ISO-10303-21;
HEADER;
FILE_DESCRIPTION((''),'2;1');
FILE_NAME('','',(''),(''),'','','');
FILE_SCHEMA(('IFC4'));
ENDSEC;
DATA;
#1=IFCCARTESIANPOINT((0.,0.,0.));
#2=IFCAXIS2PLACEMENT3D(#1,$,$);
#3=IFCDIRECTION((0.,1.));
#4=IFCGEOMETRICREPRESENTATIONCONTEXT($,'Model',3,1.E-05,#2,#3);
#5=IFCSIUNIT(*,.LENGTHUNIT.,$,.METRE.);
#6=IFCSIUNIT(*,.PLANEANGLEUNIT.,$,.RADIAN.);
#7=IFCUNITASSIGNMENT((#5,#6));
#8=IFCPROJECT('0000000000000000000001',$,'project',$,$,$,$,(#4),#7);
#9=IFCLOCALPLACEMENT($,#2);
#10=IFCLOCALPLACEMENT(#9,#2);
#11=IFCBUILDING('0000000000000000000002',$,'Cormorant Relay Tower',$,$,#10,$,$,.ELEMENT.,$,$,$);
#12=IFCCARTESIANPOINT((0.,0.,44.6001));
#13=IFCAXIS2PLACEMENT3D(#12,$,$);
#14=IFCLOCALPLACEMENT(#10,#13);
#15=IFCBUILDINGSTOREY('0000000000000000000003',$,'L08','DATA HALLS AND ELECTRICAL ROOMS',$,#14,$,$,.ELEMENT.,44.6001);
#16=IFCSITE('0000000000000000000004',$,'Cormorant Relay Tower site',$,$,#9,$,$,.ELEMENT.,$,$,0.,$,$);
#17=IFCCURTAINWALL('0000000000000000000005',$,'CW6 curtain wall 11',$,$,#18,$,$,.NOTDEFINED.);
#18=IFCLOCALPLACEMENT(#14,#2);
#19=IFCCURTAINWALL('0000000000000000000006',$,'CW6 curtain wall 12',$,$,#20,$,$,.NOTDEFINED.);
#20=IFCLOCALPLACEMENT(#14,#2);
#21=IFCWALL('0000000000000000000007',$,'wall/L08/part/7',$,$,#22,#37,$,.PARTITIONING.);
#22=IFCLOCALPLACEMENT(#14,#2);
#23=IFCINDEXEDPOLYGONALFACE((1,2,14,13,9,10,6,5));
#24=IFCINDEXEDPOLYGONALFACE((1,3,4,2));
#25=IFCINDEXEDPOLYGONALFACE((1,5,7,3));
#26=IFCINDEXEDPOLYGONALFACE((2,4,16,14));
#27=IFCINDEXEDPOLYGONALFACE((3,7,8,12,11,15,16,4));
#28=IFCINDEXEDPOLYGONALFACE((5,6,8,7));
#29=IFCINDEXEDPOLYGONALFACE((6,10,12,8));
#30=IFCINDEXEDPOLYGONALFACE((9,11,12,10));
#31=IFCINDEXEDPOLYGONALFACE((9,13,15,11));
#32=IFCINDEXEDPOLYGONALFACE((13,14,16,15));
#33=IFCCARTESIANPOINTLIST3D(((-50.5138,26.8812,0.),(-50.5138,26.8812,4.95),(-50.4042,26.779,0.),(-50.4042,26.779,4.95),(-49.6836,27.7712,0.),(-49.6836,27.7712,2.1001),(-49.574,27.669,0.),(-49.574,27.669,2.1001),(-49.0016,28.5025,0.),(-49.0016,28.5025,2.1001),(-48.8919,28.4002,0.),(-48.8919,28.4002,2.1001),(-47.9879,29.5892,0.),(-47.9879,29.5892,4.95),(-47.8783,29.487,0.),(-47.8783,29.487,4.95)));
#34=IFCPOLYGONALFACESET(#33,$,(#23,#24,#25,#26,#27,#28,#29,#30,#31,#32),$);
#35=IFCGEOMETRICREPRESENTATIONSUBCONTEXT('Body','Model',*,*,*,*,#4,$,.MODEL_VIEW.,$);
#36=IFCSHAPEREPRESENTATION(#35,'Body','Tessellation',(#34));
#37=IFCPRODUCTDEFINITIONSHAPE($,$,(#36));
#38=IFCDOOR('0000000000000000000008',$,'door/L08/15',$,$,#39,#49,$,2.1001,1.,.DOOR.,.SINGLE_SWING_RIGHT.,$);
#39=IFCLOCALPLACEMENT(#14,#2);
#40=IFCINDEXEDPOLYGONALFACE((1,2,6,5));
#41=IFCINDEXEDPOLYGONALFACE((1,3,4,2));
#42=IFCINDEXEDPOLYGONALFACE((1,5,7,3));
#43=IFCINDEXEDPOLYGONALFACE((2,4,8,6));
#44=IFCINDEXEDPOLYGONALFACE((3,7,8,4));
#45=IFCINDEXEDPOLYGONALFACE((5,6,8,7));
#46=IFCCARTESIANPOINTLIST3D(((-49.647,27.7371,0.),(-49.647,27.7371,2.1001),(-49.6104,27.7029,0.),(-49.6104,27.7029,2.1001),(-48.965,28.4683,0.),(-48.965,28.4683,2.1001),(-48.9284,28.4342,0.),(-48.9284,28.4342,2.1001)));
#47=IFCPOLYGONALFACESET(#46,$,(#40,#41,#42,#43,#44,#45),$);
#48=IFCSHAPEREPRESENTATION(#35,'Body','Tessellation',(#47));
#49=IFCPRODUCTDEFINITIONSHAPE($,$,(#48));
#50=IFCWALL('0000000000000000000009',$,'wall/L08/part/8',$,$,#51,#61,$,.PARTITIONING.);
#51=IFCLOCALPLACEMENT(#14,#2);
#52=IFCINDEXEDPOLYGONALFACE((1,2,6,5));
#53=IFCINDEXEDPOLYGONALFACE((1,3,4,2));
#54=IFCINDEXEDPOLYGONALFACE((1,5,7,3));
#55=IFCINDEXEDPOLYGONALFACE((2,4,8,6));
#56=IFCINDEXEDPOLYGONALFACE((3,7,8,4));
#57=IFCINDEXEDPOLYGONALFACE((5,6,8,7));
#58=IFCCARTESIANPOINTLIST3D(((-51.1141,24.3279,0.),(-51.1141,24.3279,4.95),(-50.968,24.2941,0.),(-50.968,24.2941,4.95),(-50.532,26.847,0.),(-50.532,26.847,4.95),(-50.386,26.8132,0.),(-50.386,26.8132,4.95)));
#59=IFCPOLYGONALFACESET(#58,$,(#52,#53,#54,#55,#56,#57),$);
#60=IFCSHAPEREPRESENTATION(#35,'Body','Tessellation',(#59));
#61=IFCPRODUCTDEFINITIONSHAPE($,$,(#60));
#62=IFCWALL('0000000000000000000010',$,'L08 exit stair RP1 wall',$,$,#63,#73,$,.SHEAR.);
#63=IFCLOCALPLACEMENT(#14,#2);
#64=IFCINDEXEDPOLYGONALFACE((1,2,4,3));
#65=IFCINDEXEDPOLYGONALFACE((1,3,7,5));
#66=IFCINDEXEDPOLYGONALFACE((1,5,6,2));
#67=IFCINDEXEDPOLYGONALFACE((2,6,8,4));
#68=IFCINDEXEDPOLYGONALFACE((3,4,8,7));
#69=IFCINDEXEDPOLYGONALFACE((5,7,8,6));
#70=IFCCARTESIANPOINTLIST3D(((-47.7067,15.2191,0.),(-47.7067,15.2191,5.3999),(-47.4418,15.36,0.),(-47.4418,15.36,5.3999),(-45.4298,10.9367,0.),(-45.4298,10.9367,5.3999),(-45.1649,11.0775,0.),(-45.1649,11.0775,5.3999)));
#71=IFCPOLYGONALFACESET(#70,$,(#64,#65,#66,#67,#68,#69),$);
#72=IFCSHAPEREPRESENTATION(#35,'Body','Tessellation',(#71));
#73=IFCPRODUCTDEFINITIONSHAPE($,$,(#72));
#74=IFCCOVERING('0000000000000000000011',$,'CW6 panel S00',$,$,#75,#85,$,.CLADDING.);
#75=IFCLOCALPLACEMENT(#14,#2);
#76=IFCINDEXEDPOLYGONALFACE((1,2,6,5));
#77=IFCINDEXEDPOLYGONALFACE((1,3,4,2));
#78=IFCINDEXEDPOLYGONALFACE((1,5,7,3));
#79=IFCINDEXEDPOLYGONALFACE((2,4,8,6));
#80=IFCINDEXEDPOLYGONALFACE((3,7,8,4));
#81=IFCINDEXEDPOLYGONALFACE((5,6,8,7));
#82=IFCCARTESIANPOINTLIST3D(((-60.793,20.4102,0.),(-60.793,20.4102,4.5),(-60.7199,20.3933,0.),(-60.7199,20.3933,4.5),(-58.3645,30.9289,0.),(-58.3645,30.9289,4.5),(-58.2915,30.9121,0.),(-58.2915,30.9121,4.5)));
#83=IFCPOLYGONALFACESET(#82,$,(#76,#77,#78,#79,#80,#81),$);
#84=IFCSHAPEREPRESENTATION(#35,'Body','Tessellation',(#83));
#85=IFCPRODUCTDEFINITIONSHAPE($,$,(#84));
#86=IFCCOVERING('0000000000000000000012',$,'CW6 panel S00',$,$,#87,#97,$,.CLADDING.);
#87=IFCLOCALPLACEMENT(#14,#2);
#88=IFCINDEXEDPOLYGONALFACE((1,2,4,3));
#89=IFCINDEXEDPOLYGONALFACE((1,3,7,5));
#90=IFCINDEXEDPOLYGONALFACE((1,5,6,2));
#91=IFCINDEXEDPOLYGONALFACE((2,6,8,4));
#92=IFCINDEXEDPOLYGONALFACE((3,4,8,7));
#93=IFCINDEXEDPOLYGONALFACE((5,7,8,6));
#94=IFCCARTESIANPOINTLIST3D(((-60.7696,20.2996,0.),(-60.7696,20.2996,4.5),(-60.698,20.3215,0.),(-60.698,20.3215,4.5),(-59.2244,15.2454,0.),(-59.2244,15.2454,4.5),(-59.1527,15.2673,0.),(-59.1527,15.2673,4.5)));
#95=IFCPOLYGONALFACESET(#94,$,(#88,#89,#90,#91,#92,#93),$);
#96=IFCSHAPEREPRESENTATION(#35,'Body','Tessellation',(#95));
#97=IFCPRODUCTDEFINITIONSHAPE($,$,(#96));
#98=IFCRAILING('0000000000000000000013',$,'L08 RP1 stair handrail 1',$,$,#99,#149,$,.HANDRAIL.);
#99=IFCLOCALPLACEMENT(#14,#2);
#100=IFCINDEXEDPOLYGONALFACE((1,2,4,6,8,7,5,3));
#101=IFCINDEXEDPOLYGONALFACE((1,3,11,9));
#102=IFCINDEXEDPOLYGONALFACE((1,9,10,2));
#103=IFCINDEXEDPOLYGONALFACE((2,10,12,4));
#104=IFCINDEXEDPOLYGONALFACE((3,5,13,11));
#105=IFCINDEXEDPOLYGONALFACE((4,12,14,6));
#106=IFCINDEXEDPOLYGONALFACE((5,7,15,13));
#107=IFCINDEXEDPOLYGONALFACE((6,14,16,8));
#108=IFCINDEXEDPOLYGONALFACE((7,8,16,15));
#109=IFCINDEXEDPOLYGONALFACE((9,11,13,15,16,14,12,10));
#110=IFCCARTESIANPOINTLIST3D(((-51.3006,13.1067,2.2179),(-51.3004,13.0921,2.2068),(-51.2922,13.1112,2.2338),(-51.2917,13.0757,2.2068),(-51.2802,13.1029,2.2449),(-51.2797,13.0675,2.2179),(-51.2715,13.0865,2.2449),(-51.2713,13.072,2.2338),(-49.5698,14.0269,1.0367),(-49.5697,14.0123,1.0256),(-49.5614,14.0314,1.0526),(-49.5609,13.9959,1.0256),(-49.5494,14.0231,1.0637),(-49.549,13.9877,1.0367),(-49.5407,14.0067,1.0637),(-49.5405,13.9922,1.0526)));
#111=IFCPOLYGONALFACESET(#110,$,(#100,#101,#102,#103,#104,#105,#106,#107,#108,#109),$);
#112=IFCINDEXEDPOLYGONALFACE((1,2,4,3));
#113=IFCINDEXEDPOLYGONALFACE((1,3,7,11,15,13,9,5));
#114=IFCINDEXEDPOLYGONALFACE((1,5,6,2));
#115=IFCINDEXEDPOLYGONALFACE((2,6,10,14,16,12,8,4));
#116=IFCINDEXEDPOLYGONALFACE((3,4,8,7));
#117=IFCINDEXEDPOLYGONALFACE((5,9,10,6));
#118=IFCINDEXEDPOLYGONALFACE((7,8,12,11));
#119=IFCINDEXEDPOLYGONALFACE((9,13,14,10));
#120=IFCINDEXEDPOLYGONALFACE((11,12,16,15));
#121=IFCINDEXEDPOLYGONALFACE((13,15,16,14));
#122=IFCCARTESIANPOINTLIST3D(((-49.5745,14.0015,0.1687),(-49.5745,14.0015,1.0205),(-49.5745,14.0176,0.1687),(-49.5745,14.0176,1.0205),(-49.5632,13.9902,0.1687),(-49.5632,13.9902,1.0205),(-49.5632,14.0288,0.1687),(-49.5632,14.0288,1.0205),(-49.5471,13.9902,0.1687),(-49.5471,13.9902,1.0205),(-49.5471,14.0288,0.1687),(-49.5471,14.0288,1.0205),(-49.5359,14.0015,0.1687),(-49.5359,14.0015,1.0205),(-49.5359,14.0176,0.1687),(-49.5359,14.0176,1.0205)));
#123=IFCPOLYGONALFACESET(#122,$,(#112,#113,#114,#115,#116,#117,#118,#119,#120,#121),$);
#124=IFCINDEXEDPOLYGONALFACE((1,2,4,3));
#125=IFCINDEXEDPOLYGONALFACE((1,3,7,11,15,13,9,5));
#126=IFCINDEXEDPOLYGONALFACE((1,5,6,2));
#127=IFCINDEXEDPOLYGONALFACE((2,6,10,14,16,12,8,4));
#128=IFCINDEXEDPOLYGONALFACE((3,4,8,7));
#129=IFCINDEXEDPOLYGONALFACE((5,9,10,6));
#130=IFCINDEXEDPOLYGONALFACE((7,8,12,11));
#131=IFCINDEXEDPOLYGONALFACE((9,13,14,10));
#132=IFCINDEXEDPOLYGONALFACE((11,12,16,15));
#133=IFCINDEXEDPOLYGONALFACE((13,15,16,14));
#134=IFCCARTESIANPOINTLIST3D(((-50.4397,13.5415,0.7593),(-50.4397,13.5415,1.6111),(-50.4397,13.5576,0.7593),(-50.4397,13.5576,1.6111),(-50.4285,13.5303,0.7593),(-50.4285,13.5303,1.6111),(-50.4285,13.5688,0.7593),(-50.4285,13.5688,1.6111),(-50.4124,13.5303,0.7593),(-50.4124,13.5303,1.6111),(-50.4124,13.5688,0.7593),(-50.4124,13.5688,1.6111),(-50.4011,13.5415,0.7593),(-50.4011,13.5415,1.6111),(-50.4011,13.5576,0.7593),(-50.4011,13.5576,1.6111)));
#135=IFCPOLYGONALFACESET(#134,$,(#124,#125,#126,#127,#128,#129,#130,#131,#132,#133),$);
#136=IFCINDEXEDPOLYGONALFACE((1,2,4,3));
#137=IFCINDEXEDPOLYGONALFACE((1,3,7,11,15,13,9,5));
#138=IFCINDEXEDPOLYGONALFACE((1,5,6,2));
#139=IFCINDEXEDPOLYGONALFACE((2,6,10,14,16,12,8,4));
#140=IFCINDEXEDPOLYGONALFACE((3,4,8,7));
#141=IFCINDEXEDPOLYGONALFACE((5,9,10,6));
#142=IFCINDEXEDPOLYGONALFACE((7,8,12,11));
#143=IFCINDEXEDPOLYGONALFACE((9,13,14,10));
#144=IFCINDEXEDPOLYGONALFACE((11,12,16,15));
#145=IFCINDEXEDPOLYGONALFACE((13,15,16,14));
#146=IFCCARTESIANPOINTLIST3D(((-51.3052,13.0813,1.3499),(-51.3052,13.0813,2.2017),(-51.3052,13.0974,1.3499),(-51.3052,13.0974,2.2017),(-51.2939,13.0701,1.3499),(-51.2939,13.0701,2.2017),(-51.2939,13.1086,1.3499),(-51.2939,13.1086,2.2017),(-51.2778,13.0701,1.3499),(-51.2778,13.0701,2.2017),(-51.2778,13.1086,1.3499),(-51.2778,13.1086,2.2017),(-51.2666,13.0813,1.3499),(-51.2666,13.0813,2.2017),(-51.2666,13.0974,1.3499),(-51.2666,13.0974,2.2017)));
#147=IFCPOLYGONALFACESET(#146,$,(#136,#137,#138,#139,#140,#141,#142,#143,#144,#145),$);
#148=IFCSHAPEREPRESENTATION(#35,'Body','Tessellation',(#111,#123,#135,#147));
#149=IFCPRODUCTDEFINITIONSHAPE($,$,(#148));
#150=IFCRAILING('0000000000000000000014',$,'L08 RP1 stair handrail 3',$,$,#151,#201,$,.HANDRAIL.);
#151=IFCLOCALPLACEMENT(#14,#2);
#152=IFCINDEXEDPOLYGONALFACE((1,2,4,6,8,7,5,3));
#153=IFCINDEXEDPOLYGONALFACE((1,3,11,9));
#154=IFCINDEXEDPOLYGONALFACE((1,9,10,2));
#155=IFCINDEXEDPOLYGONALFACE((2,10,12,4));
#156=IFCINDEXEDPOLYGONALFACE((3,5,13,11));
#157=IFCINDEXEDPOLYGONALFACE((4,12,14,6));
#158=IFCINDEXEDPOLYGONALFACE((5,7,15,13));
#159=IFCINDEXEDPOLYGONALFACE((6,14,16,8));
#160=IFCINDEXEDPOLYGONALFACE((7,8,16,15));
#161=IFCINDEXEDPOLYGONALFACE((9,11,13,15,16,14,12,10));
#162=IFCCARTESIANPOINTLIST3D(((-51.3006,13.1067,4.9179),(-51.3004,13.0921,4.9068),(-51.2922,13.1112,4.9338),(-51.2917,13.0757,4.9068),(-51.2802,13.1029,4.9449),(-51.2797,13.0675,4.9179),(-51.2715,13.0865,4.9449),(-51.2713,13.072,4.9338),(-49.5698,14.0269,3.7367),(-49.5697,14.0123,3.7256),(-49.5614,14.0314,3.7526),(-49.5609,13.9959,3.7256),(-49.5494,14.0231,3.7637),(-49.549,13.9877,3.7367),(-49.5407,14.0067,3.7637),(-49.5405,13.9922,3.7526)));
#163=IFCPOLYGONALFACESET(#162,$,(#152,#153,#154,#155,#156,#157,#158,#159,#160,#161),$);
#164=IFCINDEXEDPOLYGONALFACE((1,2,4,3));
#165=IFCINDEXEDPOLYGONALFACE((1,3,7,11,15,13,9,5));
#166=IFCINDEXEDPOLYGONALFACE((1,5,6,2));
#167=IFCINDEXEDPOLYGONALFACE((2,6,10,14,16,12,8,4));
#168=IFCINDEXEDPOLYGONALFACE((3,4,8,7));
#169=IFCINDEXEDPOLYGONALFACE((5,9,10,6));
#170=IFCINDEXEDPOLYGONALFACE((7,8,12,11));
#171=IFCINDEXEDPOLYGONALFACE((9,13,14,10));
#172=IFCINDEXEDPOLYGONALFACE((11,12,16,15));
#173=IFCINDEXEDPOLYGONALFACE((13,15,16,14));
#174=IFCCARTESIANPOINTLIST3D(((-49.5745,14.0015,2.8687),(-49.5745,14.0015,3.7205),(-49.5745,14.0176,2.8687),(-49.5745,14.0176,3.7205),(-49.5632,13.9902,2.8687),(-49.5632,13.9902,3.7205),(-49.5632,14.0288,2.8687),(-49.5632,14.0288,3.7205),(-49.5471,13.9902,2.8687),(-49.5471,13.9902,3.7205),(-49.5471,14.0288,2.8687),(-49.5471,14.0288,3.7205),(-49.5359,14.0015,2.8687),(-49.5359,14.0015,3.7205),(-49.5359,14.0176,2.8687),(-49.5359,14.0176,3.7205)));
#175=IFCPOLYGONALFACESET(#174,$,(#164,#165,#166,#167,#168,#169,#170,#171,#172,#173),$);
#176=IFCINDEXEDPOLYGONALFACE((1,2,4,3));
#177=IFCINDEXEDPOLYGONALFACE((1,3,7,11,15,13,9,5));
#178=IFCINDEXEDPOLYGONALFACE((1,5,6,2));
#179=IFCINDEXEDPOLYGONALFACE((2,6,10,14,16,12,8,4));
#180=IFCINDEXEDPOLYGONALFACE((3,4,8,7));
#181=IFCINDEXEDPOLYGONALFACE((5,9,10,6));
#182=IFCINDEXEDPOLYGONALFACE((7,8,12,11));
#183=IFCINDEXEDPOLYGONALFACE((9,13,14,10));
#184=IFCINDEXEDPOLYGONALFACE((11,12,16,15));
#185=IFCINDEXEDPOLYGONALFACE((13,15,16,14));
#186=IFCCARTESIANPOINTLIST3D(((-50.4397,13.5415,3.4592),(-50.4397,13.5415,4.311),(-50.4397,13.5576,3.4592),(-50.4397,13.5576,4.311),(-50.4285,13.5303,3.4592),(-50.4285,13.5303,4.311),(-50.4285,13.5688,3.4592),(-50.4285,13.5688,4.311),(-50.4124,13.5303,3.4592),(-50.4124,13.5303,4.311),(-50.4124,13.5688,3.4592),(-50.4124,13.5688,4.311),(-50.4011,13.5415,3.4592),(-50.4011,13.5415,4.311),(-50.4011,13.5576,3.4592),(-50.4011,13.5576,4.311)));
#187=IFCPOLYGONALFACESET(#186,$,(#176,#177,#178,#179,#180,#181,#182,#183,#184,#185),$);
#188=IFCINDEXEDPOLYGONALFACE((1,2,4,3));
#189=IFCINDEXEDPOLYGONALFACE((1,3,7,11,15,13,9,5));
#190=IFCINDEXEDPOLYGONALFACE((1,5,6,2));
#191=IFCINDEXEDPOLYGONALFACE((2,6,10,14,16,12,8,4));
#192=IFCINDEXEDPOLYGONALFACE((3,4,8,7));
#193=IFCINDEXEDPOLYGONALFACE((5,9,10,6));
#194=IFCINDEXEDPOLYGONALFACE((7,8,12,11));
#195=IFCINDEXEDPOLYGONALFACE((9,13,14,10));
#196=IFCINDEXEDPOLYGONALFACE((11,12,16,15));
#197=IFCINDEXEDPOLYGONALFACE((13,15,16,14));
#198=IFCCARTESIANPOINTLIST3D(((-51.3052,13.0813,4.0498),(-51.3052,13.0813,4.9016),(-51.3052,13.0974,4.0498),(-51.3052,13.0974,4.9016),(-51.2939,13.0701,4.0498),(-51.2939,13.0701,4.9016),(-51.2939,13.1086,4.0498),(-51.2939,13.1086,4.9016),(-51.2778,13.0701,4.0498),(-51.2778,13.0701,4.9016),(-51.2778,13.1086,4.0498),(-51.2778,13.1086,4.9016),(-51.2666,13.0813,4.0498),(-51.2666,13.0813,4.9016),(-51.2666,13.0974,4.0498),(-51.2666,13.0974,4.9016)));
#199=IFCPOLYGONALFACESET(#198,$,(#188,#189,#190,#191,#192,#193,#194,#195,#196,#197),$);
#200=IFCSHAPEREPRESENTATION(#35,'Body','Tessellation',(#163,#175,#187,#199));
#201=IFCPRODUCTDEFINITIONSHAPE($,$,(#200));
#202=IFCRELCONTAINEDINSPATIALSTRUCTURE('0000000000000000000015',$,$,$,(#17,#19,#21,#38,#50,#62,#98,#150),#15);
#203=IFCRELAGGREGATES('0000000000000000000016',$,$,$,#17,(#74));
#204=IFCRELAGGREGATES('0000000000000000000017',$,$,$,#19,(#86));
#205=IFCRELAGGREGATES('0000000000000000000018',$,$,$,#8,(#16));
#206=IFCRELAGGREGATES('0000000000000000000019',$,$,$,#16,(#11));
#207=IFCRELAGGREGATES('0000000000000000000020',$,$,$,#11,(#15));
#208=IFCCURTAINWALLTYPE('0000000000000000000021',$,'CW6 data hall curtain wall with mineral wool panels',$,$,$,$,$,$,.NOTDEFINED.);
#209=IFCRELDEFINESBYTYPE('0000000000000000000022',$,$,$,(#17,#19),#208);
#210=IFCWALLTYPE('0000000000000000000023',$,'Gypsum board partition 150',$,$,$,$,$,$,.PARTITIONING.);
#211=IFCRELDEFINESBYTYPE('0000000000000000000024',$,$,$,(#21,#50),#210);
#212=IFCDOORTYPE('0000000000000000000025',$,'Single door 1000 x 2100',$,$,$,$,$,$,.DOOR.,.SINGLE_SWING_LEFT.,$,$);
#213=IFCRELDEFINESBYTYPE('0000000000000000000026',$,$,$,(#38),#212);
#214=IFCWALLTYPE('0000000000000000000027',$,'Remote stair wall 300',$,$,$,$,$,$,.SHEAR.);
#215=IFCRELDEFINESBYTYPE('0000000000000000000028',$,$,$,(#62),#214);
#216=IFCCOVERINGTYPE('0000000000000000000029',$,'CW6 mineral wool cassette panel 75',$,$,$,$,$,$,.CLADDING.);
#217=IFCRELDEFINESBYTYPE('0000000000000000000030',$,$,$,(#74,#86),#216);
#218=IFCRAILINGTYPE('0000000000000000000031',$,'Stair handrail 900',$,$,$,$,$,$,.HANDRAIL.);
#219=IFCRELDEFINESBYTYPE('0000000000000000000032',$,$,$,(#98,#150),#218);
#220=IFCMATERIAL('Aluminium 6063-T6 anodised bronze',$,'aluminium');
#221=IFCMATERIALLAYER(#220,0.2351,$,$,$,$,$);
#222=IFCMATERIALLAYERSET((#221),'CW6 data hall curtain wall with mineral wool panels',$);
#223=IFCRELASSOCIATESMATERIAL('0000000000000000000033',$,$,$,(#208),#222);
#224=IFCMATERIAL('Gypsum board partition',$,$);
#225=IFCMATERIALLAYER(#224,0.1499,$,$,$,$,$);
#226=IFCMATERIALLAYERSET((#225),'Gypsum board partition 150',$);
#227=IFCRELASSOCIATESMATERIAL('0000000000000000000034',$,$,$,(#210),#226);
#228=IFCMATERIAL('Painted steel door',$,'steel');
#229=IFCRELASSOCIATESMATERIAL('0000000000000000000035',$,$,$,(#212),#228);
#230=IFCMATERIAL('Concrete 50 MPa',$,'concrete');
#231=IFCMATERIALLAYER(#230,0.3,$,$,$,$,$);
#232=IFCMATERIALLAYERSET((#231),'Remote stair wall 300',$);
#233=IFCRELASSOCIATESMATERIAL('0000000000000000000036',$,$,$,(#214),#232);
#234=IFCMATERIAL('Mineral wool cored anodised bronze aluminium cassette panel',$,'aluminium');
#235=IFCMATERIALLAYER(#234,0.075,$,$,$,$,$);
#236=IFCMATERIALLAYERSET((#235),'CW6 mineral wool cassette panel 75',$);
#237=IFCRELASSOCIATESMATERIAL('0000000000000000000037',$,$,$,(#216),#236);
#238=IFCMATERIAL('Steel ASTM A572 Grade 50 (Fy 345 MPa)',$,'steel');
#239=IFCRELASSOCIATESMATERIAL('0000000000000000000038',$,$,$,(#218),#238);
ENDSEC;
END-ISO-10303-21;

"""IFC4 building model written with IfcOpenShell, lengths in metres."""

from ifc_helpers import new_model, si_unit, direction, frame, frame_2d, origin, origin_2d, place, context, subcontext, project, spatial, polyline, rectangle, outline, extrude, material, layer, layer_set, type_object, element, fill, aggregate, save


model = new_model("IFC4")

# Units and contexts
model_context = context("Model", 3, precision=1e-05, world=origin(), true_north=direction((0.0, 1.0)))
body_context = subcontext(model_context, "Body", "Model", "MODEL_VIEW")
ifc_project = project(units=[si_unit("LENGTHUNIT", "METRE"), si_unit("PLANEANGLEUNIT", "RADIAN")], contexts=[model_context])

# Site, building, storey
site_placement = place(None, origin())
site = spatial("IfcSite", under=ifc_project, at=site_placement, Name="Cormorant Relay Tower site", CompositionType="ELEMENT", RefElevation=0.0)
building_placement = place(site_placement, origin())
building = spatial("IfcBuilding", under=site, at=building_placement, Name="Cormorant Relay Tower", CompositionType="ELEMENT")
storey_placement = place(building_placement, frame((0.0, 0.0, 44.6001)))
storey = spatial("IfcBuildingStorey", under=building, at=storey_placement, Name="L08", Description="DATA HALLS AND ELECTRICAL ROOMS", CompositionType="ELEMENT", Elevation=44.6001)

# Curtain wall
ifc_material_1 = material(Name="Aluminium 6063-T6 anodised bronze", Category="aluminium")
ifc_layer_1 = layer(ifc_material_1, 0.2351)
ifc_layer_set_1 = layer_set([ifc_layer_1], Name="CW6 data hall curtain wall with mineral wool panels")
curtain_wall_type = type_object("IfcCurtainWallType", Name="CW6 data hall curtain wall with mineral wool panels", PredefinedType="NOTDEFINED", material=ifc_layer_set_1)
curtain_wall_1_placement = place(storey_placement, origin())
curtain_wall_1 = element("IfcCurtainWall", 1, at=curtain_wall_1_placement, inside=storey, type_object=curtain_wall_type, Name="CW6 curtain wall 11", PredefinedType="NOTDEFINED")

# Curtain wall
curtain_wall_2_placement = place(storey_placement, origin())
curtain_wall_2 = element("IfcCurtainWall", 2, at=curtain_wall_2_placement, inside=storey, type_object=curtain_wall_type, Name="CW6 curtain wall 12", PredefinedType="NOTDEFINED")

# Shared definitions
ifc_material_2 = material(Name="Gypsum board partition")
ifc_layer_2 = layer(ifc_material_2, 0.1499)
ifc_layer_set_2 = layer_set([ifc_layer_2], Name="Gypsum board partition 150")
wall_type_1 = type_object("IfcWallType", Name="Gypsum board partition 150", PredefinedType="PARTITIONING", material=ifc_layer_set_2)

# Shared definitions
ifc_material_3 = material(Name="Painted steel door", Category="steel")
door_type_1 = type_object("IfcDoorType", Name="Single door 1000 x 2100", OperationType="SINGLE_SWING_LEFT", PredefinedType="DOOR", material=ifc_material_3)

# Wall, opening, door
wall_1_placement = place(storey_placement, frame((-47.9331, 29.5381, 0.0), z_axis=(0.0, 0.0, 1.0), x_axis=(-0.682088, -0.73127, 0.0)))
wall_1 = element("IfcWall", 3, at=wall_1_placement, inside=storey, type_object=wall_type_1, Name="wall/L08/part/7", PredefinedType="PARTITIONING", context=body_context, shape_type="SweptSolid", body=[
    extrude(rectangle(XDim=3.7031, YDim=0.1499, at=frame_2d((1.8516, 0.0))), origin(), (0.0, 0.0, 1.0), 4.95),
])
opening_1_placement = place(wall_1_placement, frame((1.4861, 0.0, 0.0)))
opening_1 = element("IfcOpeningElement", 4, at=opening_1_placement, cuts=wall_1, PredefinedType="OPENING", context=body_context, shape_type="SweptSolid", body=[
    extrude(rectangle(XDim=1.0, YDim=2.1001, at=frame_2d((0.5, 1.05))), frame((0.0, 0.085, 0.0), z_axis=(0.0, -1.0, 0.0), x_axis=(1.0, 0.0, 0.0)), (0.0, 0.0, 1.0), 0.1699),
])
door_1_placement = place(opening_1_placement, frame((1.0, 0.0, 0.0), z_axis=(0.0, 0.0, 1.0), x_axis=(-1.0, 0.0, 0.0)))
door_1 = element("IfcDoor", 5, at=door_1_placement, inside=storey, type_object=door_type_1, Name="door/L08/15", OperationType="SINGLE_SWING_RIGHT", OverallHeight=2.1001, OverallWidth=1.0, PredefinedType="DOOR", context=body_context, shape_type="SweptSolid", body=[
    extrude(rectangle(XDim=1.0, YDim=2.1001, at=frame_2d((0.5, 1.05))), frame((0.0, 0.0249, 0.0), z_axis=(0.0, -1.0, 0.0), x_axis=(1.0, 0.0, 0.0)), (0.0, 0.0, 1.0), 0.05),
])
fill(opening_1, door_1)

# Walls
wall_2_placement = place(storey_placement, frame((-50.459, 26.8301, 0.0), z_axis=(0.0, 0.0, 1.0), x_axis=(-0.225122, -0.974331, 0.0)))
element("IfcWall", 6, at=wall_2_placement, inside=storey, type_object=wall_type_1, Name="wall/L08/part/8", PredefinedType="PARTITIONING", context=body_context, shape_type="SweptSolid", body=[
    extrude(rectangle(XDim=2.5854, YDim=0.1499, at=frame_2d((1.2927, 0.0))), origin(), (0.0, 0.0, 1.0), 4.95),
])
ifc_material_4 = material(Name="Concrete 50 MPa", Category="concrete")
ifc_layer_3 = layer(ifc_material_4, 0.3)
ifc_layer_set_3 = layer_set([ifc_layer_3], Name="Remote stair wall 300")
wall_type_2 = type_object("IfcWallType", Name="Remote stair wall 300", PredefinedType="SHEAR", material=ifc_layer_set_3)
wall_3_placement = place(storey_placement, frame((-47.5742, 15.2896, 0.0), z_axis=(0.0, 0.0, 1.0), x_axis=(0.469443, -0.882963, 0.0)))
element("IfcWall", 7, at=wall_3_placement, inside=storey, type_object=wall_type_2, Name="L08 exit stair RP1 wall", PredefinedType="SHEAR", context=body_context, shape_type="SweptSolid", body=[
    extrude(rectangle(XDim=4.8501, YDim=0.3, at=frame_2d((2.425, 0.0))), origin(), (0.0, 0.0, 1.0), 5.3999),
])

# Coverings
ifc_material_5 = material(Name="Mineral wool cored anodised bronze aluminium cassette panel", Category="aluminium")
ifc_layer_4 = layer(ifc_material_5, 0.075)
ifc_layer_set_4 = layer_set([ifc_layer_4], Name="CW6 mineral wool cassette panel 75")
covering_type = type_object("IfcCoveringType", Name="CW6 mineral wool cassette panel 75", PredefinedType="CLADDING", material=ifc_layer_set_4)
covering_1_placement = place(storey_placement, frame((-59.5422, 25.6611, 0.0), z_axis=(0.0, 0.0, 1.0), x_axis=(-0.224951, -0.97437, 0.0)))
covering_1 = element("IfcCovering", 8, at=covering_1_placement, type_object=covering_type, Name="CW6 panel S00", PredefinedType="CLADDING", context=body_context, shape_type="SweptSolid", body=[
    extrude(rectangle(XDim=10.7954, YDim=0.075, at=origin_2d()), origin(), (0.0, 0.0, 1.0), 4.5),
])
aggregate(curtain_wall_1, [covering_1])
covering_2_placement = place(storey_placement, frame((-59.9612, 17.7834, 0.0), z_axis=(0.0, 0.0, 1.0), x_axis=(0.292372, -0.956305, 0.0)))
covering_2 = element("IfcCovering", 9, at=covering_2_placement, type_object=covering_type, Name="CW6 panel S00", PredefinedType="CLADDING", context=body_context, shape_type="SweptSolid", body=[
    extrude(rectangle(XDim=5.2852, YDim=0.075, at=origin_2d()), origin(), (0.0, 0.0, 1.0), 4.5),
])
aggregate(curtain_wall_2, [covering_2])

# Railings
ifc_material_6 = material(Name="Steel ASTM A572 Grade 50 (Fy 345 MPa)", Category="steel")
railing_type = type_object("IfcRailingType", Name="Stair handrail 900", PredefinedType="HANDRAIL", material=ifc_material_6)
for number, where, name in (
    (10, (-49.5552, 14.0095, 0.1687), "L08 RP1 stair handrail 1"),
    (11, (-49.5552, 14.0095, 2.8687), "L08 RP1 stair handrail 3"),
):
    element("IfcRailing", number, at=place(storey_placement, frame(where)), inside=storey, type_object=railing_type, Name=name, PredefinedType="HANDRAIL", context=body_context, shape_type="SweptSolid", body=[
        extrude(outline(polyline([(0.0222, 0.0093), (0.0093, 0.0222), (-0.0093, 0.0222), (-0.0222, 0.0093), (-0.0222, -0.0093), (-0.0093, -0.0222), (0.0093, -0.0222), (0.0222, -0.0093), (0.0222, 0.0093)])), frame((0.0, 0.0, 0.876), z_axis=(-0.756268, -0.402084, 0.516127), x_axis=(0.469444, -0.882962, 0.0)), (0.0, 0.0, 1.0), 2.2886),
        extrude(outline(polyline([(0.0193, 0.0081), (0.0081, 0.0193), (-0.0081, 0.0193), (-0.0193, 0.0081), (-0.0193, -0.0081), (-0.0081, -0.0193), (0.0081, -0.0193), (0.0193, -0.0081), (0.0193, 0.0081)])), origin(), (0.0, 0.0, 1.0), 0.8518),
        extrude(outline(polyline([(0.0193, 0.0081), (0.0081, 0.0193), (-0.0081, 0.0193), (-0.0193, 0.0081), (-0.0193, -0.0081), (-0.0081, -0.0193), (0.0081, -0.0193), (0.0193, -0.0081), (0.0193, 0.0081)])), frame((-0.8652, -0.46, 0.5906)), (0.0, 0.0, 1.0), 0.8518),
        extrude(outline(polyline([(0.0193, 0.0081), (0.0081, 0.0193), (-0.0081, 0.0193), (-0.0193, 0.0081), (-0.0193, -0.0081), (-0.0081, -0.0193), (0.0081, -0.0193), (0.0193, -0.0081), (0.0193, 0.0081)])), frame((-1.7307, -0.9202, 1.1812)), (0.0, 0.0, 1.0), 0.8518),
    ])

save(model, "model.ifc")
